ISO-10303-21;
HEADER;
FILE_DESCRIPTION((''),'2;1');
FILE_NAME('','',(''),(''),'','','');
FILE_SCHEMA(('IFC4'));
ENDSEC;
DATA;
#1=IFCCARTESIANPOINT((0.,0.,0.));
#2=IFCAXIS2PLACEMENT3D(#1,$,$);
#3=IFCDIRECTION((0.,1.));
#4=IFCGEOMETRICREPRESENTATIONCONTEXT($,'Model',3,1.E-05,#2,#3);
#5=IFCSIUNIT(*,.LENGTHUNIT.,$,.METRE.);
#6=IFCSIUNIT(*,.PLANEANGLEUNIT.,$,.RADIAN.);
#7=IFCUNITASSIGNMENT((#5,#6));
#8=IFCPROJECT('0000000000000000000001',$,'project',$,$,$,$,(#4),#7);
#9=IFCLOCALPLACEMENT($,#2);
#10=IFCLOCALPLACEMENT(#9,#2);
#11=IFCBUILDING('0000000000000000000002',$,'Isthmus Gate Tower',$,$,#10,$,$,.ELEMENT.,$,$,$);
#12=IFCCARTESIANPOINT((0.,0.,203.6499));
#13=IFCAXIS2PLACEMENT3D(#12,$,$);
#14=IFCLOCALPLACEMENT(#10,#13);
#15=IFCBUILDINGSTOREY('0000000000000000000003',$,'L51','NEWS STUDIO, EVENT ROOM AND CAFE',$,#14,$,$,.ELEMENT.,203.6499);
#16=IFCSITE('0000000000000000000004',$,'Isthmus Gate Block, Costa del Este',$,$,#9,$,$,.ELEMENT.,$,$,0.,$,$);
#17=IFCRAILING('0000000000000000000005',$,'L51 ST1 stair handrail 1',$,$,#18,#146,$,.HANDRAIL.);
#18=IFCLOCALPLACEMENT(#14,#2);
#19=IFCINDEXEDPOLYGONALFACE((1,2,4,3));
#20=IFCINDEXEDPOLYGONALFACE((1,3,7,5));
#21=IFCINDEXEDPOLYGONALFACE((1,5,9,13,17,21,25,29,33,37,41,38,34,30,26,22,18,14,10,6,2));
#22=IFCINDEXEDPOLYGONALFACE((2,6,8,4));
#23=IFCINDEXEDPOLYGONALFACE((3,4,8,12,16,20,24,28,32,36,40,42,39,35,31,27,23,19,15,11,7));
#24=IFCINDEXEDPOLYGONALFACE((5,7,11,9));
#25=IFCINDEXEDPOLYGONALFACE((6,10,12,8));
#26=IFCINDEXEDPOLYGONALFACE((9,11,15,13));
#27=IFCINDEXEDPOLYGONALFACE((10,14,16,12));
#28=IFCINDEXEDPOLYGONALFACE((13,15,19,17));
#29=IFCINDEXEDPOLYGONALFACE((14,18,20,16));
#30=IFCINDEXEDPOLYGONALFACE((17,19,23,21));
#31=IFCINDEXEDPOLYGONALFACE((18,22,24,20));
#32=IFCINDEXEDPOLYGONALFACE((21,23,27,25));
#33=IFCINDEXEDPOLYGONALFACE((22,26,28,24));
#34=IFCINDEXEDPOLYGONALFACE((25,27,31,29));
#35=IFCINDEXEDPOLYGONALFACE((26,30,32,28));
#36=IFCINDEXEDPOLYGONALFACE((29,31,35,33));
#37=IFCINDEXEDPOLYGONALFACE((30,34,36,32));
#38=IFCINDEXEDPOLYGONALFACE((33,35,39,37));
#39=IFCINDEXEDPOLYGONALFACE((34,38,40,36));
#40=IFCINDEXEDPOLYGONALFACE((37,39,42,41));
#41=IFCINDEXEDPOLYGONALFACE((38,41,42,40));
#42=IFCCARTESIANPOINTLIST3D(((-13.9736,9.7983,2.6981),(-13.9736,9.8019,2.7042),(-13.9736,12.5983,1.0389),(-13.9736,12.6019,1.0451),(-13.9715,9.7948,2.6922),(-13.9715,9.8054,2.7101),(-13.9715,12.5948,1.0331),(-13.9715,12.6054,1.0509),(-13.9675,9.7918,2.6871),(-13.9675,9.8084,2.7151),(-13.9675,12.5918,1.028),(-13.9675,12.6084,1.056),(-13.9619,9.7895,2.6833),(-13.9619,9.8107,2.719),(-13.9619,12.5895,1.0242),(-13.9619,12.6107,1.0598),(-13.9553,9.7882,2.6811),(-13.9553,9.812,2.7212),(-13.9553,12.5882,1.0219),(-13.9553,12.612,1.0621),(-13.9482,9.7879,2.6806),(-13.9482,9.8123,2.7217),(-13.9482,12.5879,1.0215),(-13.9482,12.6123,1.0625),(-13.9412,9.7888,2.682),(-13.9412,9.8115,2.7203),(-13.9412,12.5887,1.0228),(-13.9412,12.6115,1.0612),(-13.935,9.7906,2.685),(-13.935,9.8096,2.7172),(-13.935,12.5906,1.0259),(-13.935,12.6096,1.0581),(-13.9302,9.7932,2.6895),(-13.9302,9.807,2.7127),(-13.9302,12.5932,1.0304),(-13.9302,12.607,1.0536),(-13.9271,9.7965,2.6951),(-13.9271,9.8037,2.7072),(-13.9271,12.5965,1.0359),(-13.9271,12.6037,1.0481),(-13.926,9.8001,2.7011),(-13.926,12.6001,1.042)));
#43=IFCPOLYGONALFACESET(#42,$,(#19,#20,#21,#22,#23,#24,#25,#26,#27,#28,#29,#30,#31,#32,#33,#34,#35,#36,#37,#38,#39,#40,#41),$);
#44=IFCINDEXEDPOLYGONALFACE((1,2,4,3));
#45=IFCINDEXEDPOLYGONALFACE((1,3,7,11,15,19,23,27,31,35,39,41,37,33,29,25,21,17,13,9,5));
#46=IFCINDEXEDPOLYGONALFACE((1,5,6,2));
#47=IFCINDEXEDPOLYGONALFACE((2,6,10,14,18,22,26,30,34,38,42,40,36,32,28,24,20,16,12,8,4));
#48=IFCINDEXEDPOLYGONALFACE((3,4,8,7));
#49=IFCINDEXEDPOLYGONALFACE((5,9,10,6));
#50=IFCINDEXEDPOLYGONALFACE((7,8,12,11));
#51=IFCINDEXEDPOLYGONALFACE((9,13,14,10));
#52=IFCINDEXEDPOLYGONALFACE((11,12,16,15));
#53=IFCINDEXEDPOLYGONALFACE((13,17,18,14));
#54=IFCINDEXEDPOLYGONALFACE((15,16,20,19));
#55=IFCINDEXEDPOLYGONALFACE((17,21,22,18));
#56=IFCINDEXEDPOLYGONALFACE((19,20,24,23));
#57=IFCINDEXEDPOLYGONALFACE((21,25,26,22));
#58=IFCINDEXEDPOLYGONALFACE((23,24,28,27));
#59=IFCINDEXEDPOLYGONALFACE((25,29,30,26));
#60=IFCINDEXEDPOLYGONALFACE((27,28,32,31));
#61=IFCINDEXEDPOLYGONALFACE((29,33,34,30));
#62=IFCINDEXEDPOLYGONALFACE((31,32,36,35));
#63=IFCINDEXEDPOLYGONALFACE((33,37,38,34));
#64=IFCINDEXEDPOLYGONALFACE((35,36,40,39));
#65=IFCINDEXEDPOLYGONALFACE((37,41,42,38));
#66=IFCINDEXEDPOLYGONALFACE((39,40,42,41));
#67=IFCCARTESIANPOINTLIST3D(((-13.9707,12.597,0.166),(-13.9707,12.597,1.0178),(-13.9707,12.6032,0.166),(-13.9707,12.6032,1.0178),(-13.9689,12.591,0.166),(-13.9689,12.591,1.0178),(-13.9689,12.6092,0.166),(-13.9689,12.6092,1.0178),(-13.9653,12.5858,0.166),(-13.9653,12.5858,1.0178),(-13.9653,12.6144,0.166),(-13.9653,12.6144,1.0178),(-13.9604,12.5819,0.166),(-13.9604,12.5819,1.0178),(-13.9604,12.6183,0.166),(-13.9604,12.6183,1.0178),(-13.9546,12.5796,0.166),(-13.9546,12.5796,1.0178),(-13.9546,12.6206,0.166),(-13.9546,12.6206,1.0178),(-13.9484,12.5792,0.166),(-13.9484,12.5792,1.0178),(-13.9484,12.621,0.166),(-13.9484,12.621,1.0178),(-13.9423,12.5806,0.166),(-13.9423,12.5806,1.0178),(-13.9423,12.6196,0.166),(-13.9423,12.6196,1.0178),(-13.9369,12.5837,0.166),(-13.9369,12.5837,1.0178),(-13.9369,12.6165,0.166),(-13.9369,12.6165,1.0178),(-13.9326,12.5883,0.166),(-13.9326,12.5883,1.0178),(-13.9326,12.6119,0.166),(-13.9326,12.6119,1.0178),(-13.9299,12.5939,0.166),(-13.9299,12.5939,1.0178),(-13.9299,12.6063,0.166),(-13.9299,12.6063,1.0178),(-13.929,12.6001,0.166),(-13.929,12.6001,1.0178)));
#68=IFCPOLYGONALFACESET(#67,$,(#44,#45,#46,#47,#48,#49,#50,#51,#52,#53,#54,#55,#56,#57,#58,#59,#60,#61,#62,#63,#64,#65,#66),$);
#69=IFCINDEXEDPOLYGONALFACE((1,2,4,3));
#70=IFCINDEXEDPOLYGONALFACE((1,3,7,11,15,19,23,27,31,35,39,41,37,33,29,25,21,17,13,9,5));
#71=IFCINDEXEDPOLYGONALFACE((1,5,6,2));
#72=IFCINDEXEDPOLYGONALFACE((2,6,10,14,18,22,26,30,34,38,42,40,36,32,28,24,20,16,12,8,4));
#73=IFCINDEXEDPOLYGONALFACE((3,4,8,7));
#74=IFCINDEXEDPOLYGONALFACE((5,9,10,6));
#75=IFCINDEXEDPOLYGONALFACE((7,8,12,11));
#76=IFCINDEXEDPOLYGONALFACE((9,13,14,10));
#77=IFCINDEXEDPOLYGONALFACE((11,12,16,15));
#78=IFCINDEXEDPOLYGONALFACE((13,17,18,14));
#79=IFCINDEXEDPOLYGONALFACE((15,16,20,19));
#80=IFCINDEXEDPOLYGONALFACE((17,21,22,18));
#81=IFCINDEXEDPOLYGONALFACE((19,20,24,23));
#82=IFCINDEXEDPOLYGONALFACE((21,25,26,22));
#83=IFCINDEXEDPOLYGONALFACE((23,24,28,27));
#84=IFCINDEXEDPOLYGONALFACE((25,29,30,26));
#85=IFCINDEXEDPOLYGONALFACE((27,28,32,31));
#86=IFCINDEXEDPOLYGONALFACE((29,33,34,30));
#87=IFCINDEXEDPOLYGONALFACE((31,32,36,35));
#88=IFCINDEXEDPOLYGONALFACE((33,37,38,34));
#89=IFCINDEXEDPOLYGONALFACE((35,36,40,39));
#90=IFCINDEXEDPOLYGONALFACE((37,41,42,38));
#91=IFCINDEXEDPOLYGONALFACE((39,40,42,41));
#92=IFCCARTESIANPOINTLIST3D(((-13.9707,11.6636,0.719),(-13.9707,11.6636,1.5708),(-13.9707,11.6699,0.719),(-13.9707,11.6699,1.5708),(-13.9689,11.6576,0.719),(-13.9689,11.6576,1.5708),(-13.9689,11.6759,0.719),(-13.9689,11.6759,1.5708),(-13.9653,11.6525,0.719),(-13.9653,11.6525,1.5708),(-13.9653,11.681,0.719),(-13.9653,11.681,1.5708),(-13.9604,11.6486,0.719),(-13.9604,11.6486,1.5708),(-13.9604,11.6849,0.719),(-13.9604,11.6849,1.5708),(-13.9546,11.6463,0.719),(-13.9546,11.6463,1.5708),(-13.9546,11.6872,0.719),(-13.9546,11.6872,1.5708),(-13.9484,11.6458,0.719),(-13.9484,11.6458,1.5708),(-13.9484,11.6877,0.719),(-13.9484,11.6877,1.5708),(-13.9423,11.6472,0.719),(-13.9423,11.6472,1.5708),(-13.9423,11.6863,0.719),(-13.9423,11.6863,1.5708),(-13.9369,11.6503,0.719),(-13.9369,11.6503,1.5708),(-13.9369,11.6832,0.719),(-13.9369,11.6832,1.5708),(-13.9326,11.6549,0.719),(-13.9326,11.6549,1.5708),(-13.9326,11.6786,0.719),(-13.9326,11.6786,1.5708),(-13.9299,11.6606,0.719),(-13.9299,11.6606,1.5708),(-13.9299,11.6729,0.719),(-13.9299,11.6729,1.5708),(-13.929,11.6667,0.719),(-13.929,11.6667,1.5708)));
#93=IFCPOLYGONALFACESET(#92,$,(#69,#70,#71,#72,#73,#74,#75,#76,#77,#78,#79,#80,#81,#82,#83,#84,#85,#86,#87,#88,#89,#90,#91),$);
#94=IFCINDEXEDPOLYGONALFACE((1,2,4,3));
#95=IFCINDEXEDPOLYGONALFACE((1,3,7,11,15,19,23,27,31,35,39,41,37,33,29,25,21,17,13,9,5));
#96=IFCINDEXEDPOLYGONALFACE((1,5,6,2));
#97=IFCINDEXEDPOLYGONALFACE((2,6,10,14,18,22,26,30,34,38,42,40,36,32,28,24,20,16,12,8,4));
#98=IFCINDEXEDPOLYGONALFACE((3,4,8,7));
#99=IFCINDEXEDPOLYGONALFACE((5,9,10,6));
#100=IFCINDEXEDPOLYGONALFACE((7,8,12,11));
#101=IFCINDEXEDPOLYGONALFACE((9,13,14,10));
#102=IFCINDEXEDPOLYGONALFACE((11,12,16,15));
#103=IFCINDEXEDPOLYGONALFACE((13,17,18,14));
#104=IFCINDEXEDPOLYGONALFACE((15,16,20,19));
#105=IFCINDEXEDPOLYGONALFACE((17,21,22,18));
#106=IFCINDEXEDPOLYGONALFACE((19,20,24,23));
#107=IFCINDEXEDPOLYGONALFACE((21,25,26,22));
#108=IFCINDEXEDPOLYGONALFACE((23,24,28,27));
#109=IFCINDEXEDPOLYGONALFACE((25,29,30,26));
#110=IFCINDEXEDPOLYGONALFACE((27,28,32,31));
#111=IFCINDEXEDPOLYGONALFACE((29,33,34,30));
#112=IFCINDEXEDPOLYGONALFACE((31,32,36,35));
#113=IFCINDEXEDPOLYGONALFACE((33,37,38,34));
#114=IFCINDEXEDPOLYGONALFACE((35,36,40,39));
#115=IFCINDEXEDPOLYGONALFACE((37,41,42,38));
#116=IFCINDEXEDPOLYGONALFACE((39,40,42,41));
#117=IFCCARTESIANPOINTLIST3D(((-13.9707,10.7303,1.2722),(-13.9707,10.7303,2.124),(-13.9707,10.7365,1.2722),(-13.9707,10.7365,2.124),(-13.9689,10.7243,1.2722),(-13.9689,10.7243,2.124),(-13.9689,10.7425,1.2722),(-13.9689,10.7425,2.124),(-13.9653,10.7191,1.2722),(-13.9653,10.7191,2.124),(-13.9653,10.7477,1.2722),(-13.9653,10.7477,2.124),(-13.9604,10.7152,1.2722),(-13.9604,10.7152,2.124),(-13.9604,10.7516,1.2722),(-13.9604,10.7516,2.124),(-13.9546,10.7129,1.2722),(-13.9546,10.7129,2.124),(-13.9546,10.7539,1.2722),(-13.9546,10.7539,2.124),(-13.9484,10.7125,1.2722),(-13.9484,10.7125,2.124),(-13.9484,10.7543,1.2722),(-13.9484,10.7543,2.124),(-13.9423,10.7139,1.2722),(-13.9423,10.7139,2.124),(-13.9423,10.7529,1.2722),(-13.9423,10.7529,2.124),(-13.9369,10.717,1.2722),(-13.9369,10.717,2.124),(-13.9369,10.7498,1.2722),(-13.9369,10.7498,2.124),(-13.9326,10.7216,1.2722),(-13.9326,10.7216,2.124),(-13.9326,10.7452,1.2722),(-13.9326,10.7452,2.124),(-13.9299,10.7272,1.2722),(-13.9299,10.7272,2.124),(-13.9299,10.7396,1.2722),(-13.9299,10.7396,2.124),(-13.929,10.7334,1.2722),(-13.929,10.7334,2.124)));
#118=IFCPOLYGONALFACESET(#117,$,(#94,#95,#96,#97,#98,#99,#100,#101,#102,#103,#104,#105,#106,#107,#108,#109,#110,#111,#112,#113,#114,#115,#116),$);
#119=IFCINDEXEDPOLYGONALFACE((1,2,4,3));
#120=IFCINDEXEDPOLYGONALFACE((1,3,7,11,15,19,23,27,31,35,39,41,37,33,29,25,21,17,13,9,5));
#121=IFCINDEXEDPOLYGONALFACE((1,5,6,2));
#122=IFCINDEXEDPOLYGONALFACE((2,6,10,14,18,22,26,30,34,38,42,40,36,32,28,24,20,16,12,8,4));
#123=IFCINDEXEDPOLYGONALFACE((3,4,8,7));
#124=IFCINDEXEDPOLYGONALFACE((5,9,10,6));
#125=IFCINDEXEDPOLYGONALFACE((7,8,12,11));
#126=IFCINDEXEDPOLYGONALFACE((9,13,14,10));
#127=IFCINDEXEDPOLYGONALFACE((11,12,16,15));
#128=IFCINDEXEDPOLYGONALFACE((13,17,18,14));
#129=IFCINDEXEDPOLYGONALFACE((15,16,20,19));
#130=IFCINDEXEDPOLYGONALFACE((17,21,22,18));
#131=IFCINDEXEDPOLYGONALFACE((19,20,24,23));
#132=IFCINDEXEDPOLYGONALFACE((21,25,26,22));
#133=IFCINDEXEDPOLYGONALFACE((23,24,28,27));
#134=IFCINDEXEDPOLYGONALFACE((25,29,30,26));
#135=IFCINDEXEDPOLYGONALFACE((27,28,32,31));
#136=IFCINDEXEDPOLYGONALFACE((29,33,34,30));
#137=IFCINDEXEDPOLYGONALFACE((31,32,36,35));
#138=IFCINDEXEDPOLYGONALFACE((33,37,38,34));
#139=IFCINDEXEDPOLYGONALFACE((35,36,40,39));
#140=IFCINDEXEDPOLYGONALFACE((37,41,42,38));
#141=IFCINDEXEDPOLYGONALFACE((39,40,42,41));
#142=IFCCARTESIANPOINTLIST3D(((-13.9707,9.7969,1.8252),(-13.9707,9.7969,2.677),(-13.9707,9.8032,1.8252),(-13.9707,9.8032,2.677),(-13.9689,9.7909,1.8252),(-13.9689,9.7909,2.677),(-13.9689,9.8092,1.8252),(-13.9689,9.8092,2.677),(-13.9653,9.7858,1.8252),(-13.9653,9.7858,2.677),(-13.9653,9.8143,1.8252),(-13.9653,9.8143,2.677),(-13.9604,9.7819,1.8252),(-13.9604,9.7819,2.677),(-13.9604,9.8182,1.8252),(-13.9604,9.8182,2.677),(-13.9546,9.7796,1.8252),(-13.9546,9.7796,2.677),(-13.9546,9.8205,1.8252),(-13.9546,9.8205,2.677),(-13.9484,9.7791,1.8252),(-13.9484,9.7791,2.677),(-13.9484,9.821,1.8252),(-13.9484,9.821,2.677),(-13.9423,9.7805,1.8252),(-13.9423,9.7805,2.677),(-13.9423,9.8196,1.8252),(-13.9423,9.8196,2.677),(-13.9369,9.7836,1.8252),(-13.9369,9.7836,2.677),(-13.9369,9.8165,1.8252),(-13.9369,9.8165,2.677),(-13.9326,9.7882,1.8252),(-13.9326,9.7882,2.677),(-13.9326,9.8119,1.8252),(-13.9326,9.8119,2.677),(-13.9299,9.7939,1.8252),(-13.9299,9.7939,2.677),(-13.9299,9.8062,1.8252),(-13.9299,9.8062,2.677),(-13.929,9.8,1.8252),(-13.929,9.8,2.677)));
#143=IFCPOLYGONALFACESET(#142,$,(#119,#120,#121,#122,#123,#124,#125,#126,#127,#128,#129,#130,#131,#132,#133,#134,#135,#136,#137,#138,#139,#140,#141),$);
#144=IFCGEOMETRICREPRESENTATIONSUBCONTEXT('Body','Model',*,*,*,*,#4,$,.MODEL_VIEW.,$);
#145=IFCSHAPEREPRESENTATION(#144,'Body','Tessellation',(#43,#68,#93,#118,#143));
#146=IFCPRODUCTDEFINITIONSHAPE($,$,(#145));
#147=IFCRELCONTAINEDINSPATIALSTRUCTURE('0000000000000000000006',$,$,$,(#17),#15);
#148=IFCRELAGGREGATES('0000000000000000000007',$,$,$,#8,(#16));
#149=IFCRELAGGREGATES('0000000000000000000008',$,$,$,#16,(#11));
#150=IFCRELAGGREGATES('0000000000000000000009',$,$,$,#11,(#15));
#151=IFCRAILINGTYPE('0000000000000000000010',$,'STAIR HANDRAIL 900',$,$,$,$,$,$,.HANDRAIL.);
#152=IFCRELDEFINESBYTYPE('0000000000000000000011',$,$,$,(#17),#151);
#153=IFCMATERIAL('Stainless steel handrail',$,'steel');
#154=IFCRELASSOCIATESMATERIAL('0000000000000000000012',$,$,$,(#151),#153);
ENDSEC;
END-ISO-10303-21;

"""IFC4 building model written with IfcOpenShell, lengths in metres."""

from ifc_helpers import new_model, si_unit, direction, frame, origin, origin_2d, place, context, subcontext, project, spatial, circle, extrude, material, type_object, element, save


model = new_model("IFC4")

# Units and contexts
model_context = context("Model", 3, precision=1e-05, world=origin(), true_north=direction((0.0, 1.0)))
body_context = subcontext(model_context, "Body", "Model", "MODEL_VIEW")
ifc_project = project(units=[si_unit("LENGTHUNIT", "METRE"), si_unit("PLANEANGLEUNIT", "RADIAN")], contexts=[model_context])

# Site, building, storey
site_placement = place(None, origin())
site = spatial("IfcSite", under=ifc_project, at=site_placement, Name="Isthmus Gate Block, Costa del Este", CompositionType="ELEMENT", RefElevation=0.0)
building_placement = place(site_placement, origin())
building = spatial("IfcBuilding", under=site, at=building_placement, Name="Isthmus Gate Tower", CompositionType="ELEMENT")
storey_placement = place(building_placement, frame((0.0, 0.0, 203.6499)))
storey = spatial("IfcBuildingStorey", under=building, at=storey_placement, Name="L51", Description="NEWS STUDIO, EVENT ROOM AND CAFE", CompositionType="ELEMENT", Elevation=203.6499)

# Railing
ifc_material_1 = material(Name="Stainless steel handrail", Category="steel")
railing_type_1 = type_object("IfcRailingType", Name="STAIR HANDRAIL 900", PredefinedType="HANDRAIL", material=ifc_material_1)
for number, where, name in (
    (1, (-13.95, 12.6001, 0.166), "L51 ST1 stair handrail 1"),
):
    element("IfcRailing", number, at=place(storey_placement, frame(where)), inside=storey, type_object=railing_type_1, Name=name, PredefinedType="HANDRAIL", context=body_context, shape_type="SweptSolid", body=[
        extrude(circle(Radius=0.0239, at=origin_2d()), frame((0.0, 0.0, 0.876), z_axis=(0.0, -0.860306, 0.509778), x_axis=(1.0, 0.0, 0.0)), (0.0, 0.0, 1.0), 3.2546),
        extrude(circle(Radius=0.021, at=origin_2d()), origin(), (0.0, 0.0, 1.0), 0.8518),
        extrude(circle(Radius=0.021, at=origin_2d()), frame((0.0, -0.9333, 0.553)), (0.0, 0.0, 1.0), 0.8518),
        extrude(circle(Radius=0.021, at=origin_2d()), frame((0.0, -1.8667, 1.1062)), (0.0, 0.0, 1.0), 0.8518),
        extrude(circle(Radius=0.021, at=origin_2d()), frame((0.0, -2.8, 1.6592)), (0.0, 0.0, 1.0), 0.8518),
    ])

save(model, "model.ifc")
